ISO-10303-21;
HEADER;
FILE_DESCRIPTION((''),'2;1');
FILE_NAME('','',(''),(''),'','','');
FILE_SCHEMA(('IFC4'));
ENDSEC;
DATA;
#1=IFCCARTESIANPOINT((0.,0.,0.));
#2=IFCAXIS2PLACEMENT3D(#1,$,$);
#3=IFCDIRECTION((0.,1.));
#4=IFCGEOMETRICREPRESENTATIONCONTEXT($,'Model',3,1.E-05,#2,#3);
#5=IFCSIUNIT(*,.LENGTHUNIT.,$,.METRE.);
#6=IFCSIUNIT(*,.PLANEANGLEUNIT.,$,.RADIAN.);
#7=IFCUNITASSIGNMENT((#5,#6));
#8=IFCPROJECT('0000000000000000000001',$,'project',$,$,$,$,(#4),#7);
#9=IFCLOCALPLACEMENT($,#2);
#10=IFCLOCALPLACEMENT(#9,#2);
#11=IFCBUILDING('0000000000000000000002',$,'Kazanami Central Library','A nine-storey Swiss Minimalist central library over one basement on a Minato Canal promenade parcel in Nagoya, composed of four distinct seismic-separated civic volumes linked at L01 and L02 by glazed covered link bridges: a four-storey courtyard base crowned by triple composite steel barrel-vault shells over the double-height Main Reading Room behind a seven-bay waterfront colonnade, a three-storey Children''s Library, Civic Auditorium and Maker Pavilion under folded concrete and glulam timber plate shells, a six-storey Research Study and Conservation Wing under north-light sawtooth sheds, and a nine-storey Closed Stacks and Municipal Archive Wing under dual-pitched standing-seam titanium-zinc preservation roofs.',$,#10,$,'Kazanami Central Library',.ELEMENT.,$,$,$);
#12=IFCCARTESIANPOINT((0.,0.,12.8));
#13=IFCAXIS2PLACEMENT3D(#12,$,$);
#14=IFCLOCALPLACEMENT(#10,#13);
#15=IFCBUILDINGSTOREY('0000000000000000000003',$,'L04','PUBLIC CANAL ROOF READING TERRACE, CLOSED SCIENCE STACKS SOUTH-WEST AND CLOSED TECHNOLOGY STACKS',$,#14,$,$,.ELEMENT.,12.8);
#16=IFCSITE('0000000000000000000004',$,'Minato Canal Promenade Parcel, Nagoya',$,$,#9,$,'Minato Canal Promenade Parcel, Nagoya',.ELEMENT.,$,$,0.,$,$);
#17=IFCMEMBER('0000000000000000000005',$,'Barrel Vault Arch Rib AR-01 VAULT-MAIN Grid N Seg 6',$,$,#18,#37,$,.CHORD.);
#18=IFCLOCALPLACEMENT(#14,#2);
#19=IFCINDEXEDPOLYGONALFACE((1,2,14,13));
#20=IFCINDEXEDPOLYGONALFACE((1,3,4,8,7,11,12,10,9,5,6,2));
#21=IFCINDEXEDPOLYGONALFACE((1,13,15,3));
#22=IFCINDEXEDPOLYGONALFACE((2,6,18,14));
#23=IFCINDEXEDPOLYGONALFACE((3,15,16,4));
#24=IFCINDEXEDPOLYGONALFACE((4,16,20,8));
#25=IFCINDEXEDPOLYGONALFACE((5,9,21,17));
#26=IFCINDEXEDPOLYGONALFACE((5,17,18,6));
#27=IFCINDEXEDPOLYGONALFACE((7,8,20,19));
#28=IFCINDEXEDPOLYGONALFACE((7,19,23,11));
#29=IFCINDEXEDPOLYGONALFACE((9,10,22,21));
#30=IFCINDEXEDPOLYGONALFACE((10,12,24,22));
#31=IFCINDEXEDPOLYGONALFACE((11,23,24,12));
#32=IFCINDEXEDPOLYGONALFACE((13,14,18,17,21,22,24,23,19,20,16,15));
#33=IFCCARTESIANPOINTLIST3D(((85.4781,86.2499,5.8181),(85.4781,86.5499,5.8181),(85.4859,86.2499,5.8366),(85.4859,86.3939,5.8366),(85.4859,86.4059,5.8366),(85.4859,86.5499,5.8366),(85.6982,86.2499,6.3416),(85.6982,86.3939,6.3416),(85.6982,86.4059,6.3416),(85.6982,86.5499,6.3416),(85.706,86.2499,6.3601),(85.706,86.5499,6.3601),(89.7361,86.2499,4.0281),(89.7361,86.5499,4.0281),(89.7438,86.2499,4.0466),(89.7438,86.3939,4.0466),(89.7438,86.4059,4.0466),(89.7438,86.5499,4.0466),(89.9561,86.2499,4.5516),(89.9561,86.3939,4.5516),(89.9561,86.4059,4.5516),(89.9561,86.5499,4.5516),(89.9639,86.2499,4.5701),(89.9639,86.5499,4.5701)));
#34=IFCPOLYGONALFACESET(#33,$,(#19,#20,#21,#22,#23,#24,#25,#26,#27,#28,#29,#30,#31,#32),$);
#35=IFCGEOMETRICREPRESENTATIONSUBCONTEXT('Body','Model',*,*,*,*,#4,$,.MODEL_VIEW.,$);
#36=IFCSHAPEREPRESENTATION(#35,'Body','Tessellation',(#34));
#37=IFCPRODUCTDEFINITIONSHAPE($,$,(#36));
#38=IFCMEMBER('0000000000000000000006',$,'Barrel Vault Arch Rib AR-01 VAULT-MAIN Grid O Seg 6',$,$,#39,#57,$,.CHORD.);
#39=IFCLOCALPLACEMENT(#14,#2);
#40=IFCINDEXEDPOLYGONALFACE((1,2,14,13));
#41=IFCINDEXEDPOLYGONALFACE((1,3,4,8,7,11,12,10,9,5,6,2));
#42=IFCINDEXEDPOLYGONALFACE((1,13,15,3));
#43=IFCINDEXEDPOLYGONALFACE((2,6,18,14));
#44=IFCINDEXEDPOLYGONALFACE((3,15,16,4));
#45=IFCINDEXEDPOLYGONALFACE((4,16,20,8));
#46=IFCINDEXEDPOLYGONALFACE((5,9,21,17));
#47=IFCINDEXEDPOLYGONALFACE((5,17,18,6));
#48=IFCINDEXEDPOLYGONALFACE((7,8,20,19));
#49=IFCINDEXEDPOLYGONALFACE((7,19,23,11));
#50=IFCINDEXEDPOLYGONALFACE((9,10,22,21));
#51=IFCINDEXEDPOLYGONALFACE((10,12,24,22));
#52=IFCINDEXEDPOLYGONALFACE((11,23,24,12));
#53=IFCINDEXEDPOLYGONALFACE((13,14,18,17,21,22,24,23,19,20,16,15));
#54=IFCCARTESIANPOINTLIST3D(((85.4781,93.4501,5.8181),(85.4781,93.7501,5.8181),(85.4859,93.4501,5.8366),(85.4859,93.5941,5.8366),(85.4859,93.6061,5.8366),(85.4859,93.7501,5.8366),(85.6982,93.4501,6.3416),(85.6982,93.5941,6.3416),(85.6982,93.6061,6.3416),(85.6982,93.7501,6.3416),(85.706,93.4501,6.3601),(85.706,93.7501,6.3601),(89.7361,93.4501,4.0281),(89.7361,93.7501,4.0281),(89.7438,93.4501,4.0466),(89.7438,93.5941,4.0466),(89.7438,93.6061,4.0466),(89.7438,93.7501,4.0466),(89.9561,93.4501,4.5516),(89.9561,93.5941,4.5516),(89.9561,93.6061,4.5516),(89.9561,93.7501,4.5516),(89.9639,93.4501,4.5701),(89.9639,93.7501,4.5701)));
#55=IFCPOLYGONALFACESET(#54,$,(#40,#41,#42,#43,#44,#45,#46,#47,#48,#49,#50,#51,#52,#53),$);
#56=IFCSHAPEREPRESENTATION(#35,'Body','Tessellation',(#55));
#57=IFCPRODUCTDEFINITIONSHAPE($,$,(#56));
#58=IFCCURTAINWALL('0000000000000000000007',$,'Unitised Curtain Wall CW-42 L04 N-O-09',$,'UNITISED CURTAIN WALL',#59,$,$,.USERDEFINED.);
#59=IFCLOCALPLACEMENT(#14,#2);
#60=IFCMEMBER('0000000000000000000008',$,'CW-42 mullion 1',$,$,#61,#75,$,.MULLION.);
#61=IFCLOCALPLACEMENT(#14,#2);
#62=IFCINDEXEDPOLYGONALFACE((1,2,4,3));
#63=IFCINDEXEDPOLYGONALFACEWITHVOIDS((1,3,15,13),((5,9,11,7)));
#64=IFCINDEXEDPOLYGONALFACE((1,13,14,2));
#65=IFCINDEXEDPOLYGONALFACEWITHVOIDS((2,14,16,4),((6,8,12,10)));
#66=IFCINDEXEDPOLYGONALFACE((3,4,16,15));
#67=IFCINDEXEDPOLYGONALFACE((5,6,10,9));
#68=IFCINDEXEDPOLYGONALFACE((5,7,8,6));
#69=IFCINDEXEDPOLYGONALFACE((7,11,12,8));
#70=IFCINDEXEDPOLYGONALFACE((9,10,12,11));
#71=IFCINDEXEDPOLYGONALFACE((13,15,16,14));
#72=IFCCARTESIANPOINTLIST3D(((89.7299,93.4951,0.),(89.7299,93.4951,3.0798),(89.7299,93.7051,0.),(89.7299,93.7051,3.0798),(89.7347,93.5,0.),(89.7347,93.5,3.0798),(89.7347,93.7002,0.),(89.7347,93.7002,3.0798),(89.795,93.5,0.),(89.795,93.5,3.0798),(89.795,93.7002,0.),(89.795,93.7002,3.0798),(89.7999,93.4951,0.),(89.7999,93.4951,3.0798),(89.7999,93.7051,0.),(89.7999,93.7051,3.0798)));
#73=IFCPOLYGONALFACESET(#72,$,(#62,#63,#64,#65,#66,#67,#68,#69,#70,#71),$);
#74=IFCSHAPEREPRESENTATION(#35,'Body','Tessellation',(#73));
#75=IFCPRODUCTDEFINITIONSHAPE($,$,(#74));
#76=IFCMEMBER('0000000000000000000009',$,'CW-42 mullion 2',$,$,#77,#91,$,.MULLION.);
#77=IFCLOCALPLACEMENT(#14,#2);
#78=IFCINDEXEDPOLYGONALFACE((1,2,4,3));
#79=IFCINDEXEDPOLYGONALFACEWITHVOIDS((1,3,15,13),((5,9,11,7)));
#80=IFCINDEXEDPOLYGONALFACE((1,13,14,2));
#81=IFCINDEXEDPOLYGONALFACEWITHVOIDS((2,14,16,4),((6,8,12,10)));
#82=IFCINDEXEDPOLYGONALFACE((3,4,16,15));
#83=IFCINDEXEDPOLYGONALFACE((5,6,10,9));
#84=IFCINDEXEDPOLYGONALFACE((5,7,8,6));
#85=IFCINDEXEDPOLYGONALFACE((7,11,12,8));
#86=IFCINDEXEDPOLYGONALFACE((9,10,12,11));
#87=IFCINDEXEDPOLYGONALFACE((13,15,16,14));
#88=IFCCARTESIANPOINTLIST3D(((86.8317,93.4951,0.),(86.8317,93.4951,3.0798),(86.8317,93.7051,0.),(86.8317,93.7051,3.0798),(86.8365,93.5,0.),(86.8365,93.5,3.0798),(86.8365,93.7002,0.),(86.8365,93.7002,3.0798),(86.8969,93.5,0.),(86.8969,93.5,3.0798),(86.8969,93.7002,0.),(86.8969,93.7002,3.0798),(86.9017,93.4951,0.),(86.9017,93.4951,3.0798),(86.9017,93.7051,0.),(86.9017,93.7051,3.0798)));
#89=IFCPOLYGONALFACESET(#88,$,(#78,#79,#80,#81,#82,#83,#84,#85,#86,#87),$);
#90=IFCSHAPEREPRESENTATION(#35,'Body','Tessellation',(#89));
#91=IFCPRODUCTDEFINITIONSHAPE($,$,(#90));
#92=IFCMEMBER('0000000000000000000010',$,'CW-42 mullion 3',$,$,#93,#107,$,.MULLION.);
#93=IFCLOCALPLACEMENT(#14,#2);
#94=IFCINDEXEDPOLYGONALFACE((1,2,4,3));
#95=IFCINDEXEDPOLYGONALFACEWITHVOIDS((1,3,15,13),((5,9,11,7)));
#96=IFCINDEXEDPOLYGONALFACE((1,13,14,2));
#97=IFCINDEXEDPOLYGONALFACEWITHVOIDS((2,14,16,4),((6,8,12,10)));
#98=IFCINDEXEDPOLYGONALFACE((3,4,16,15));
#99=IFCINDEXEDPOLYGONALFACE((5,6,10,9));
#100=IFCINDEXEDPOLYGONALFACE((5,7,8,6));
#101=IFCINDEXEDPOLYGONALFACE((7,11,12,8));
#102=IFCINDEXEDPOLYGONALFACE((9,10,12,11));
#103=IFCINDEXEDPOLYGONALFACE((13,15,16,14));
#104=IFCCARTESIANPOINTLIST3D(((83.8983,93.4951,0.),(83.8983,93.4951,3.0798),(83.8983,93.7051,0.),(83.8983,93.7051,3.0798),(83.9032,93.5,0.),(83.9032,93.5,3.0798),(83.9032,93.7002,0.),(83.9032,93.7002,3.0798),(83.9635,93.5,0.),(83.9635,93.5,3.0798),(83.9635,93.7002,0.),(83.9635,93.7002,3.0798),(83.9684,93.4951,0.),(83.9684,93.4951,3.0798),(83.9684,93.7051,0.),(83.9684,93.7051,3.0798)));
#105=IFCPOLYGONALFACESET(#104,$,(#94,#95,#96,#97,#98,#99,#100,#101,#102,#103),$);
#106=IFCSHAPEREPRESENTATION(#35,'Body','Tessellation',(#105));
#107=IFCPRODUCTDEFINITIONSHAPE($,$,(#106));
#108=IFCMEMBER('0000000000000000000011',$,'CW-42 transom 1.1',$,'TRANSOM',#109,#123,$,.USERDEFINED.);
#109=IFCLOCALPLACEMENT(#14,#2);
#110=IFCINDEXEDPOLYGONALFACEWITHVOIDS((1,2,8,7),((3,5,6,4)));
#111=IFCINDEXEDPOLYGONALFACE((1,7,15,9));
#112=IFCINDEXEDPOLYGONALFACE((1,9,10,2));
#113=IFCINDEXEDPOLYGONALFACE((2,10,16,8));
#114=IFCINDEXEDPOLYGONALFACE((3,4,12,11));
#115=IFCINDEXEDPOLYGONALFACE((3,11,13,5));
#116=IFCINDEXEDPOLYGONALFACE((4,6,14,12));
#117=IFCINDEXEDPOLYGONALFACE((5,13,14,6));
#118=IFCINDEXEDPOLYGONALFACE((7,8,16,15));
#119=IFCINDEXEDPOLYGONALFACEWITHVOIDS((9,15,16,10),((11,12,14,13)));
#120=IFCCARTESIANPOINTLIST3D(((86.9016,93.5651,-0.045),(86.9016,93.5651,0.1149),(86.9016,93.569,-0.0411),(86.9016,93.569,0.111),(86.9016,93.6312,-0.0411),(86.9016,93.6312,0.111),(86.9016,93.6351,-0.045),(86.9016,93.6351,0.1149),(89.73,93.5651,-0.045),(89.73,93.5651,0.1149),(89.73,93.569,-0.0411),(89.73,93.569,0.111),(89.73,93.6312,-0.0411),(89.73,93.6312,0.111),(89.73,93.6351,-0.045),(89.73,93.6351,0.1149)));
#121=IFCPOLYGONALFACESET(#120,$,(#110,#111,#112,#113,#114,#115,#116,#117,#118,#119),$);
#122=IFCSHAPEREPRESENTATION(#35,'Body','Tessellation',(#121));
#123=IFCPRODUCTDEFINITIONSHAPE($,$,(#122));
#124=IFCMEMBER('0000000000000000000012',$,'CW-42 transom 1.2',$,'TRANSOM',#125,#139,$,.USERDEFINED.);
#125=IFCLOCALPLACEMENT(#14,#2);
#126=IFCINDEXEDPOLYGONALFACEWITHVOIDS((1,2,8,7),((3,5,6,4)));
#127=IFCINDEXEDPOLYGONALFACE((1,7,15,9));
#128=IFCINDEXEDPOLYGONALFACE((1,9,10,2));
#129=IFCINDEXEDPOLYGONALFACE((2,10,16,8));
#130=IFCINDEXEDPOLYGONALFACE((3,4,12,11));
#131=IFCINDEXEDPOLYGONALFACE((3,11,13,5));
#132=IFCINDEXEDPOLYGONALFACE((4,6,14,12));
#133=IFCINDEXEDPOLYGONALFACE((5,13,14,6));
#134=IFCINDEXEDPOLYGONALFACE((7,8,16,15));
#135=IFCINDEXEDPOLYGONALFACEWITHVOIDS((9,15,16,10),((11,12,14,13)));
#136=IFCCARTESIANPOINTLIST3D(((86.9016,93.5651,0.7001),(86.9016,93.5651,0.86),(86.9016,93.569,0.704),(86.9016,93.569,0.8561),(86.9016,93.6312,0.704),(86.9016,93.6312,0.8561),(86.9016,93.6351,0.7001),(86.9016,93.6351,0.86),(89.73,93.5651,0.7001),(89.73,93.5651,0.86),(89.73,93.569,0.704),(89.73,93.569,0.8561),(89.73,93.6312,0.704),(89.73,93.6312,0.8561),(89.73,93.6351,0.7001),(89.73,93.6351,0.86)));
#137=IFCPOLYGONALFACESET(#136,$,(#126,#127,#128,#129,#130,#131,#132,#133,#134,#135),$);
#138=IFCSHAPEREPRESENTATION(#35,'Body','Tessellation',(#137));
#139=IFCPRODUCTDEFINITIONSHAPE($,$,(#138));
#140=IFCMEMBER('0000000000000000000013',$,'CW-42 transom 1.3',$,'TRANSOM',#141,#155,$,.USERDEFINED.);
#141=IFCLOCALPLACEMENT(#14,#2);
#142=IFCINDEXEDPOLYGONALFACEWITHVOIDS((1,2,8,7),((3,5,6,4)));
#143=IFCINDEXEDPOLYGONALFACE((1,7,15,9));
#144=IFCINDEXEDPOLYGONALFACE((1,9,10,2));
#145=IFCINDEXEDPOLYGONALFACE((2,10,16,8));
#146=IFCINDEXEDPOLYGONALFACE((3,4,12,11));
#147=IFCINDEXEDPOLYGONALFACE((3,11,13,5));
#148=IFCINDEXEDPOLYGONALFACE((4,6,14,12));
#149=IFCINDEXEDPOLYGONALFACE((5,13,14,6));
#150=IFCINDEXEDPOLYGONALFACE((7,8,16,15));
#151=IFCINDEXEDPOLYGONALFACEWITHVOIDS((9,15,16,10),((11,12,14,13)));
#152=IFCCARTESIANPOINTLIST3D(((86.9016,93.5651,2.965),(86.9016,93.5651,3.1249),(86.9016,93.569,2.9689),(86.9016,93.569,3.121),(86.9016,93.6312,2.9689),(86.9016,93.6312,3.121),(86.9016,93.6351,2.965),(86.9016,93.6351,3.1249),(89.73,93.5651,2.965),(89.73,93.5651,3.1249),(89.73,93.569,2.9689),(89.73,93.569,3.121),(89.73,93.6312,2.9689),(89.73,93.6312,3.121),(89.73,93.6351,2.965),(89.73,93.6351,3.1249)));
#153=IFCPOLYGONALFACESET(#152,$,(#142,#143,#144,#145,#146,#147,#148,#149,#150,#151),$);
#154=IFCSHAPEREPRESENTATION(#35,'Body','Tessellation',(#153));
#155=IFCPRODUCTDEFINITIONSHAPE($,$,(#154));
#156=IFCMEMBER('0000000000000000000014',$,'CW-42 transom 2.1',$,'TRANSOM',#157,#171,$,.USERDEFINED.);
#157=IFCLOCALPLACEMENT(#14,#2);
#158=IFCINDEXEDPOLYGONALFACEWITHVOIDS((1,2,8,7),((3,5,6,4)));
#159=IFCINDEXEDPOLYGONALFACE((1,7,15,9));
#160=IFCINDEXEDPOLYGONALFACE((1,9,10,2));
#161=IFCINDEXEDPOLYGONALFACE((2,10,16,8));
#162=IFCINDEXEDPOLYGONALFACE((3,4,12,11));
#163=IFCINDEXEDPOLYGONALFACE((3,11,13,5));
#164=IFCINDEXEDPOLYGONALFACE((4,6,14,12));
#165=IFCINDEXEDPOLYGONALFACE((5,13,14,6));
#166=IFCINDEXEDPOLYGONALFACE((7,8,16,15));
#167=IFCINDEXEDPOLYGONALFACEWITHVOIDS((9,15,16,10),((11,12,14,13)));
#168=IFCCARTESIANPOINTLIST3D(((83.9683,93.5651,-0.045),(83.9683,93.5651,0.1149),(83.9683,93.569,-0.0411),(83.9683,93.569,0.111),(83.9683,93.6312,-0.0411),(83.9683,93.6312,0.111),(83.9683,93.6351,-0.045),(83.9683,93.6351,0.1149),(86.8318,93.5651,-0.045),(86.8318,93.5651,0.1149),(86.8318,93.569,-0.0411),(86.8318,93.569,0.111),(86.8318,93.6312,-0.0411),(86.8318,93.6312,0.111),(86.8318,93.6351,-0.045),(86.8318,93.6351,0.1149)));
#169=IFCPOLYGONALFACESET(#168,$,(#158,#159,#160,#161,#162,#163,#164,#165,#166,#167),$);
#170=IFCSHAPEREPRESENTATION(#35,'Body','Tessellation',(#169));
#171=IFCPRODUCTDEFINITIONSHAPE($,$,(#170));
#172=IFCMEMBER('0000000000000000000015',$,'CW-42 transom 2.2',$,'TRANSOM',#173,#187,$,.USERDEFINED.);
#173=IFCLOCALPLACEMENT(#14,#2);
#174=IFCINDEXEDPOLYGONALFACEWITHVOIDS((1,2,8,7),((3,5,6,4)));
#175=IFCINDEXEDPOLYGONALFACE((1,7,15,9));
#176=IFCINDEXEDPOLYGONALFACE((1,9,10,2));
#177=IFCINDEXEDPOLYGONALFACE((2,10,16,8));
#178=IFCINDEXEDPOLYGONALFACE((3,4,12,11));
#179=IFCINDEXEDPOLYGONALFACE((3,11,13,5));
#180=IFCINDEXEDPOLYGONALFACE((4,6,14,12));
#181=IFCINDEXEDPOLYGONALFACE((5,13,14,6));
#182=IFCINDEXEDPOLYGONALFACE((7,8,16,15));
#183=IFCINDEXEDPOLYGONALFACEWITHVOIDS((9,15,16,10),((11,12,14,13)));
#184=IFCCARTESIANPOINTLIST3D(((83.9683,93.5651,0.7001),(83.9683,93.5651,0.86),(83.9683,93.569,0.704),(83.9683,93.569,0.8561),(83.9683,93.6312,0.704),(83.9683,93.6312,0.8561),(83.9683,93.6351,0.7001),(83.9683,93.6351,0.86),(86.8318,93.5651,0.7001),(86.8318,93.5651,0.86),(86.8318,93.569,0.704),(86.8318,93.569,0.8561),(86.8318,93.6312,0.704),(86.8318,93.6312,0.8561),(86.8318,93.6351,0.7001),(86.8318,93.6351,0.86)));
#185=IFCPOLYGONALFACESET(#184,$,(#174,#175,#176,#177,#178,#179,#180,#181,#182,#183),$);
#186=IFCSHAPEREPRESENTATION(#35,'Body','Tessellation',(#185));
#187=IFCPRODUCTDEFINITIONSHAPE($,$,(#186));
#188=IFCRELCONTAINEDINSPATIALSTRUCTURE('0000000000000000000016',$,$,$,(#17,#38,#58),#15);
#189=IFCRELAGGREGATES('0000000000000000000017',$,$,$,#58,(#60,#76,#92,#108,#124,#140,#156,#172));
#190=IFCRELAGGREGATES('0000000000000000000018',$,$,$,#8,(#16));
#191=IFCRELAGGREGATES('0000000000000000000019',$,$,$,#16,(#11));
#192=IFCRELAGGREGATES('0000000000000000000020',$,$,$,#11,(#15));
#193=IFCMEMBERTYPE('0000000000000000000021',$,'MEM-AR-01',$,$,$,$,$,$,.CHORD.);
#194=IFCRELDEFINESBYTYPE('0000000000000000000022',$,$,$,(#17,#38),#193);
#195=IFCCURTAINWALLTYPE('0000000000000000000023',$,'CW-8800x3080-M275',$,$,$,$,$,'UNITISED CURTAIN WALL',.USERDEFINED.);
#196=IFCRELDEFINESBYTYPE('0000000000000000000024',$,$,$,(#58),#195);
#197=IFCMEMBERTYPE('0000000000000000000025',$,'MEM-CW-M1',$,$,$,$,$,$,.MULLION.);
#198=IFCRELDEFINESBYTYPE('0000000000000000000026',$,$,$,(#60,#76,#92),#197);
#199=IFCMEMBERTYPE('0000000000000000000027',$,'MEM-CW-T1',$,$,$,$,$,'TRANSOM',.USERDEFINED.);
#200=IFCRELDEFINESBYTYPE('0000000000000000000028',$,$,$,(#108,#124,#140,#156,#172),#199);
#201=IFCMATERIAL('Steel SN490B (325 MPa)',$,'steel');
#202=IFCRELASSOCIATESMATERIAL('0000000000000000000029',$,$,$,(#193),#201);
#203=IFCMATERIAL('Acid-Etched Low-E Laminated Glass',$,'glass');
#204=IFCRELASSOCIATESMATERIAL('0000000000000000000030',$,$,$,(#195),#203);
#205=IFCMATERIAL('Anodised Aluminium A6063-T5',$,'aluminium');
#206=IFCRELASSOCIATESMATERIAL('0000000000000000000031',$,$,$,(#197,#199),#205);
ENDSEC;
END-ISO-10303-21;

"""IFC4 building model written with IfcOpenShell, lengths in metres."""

from ifc_helpers import new_model, si_unit, direction, frame, origin, origin_2d, place, context, subcontext, project, spatial, hollow_rectangle, i_section, extrude, material, material_profile, profile_set, type_object, element, aggregate, save


model = new_model("IFC4")

# Units and contexts
model_context = context("Model", 3, precision=1e-05, world=origin(), true_north=direction((0.0, 1.0)))
body_context = subcontext(model_context, "Body", "Model", "MODEL_VIEW")
ifc_project = project(units=[si_unit("LENGTHUNIT", "METRE"), si_unit("PLANEANGLEUNIT", "RADIAN")], contexts=[model_context])

# Site, building, storey
site_placement = place(None, origin())
site = spatial("IfcSite", under=ifc_project, at=site_placement, Name="Minato Canal Promenade Parcel, Nagoya", LongName="Minato Canal Promenade Parcel, Nagoya", CompositionType="ELEMENT", RefElevation=0.0)
building_placement = place(site_placement, origin())
building = spatial("IfcBuilding", under=site, at=building_placement, Name="Kazanami Central Library", Description="A nine-storey Swiss Minimalist central library over one basement on a Minato Canal promenade parcel in Nagoya, composed of four distinct seismic-separated civic volumes linked at L01 and L02 by glazed covered link bridges: a four-storey courtyard base crowned by triple composite steel barrel-vault shells over the double-height Main Reading Room behind a seven-bay waterfront colonnade, a three-storey Children's Library, Civic Auditorium and Maker Pavilion under folded concrete and glulam timber plate shells, a six-storey Research Study and Conservation Wing under north-light sawtooth sheds, and a nine-storey Closed Stacks and Municipal Archive Wing under dual-pitched standing-seam titanium-zinc preservation roofs.", LongName="Kazanami Central Library", CompositionType="ELEMENT")
storey_placement = place(building_placement, frame((0.0, 0.0, 12.8)))
storey = spatial("IfcBuildingStorey", under=building, at=storey_placement, Name="L04", Description="PUBLIC CANAL ROOF READING TERRACE, CLOSED SCIENCE STACKS SOUTH-WEST AND CLOSED TECHNOLOGY STACKS", CompositionType="ELEMENT", Elevation=12.8)

# Members
ifc_material_1 = material(Name="Steel SN490B (325 MPa)", Category="steel")
ifc_material_profile_1 = material_profile(ifc_material_1, i_section(OverallWidth=0.3, OverallDepth=0.5879, WebThickness=0.012, FlangeThickness=0.02, at=origin_2d()), Name="H-588x300x12x20")
ifc_profile_set_1 = profile_set([ifc_material_profile_1], Name="Steel SN490B (325 MPa)")
member_type_1 = type_object("IfcMemberType", Name="MEM-AR-01", PredefinedType="CHORD", material=ifc_profile_set_1)
for number, where, z_axis, x_axis, name in (
    (1, (85.592, 86.3999, 6.0891), (0.921854, 0.0, -0.387537), (0.0, 1.0, 0.0), "Barrel Vault Arch Rib AR-01 VAULT-MAIN Grid N Seg 6"),
    (2, (85.592, 93.6001, 6.0891), (0.921854, 0.0, -0.387537), (0.0, 1.0, 0.0), "Barrel Vault Arch Rib AR-01 VAULT-MAIN Grid O Seg 6"),
):
    element("IfcMember", number, at=place(storey_placement, frame(where, z_axis=z_axis, x_axis=x_axis)), inside=storey, type_object=member_type_1, Name=name, PredefinedType="CHORD", context=body_context, shape_type="SweptSolid", body=[
        extrude(i_section(OverallWidth=0.3, OverallDepth=0.5879, WebThickness=0.012, FlangeThickness=0.02, at=origin_2d()), origin(), (0.0, 0.0, 1.0), 4.6189),
    ])

# Curtain wall, members
ifc_material_2 = material(Name="Acid-Etched Low-E Laminated Glass", Category="glass")
curtain_wall_type = type_object("IfcCurtainWallType", Name="CW-8800x3080-M275", ElementType="UNITISED CURTAIN WALL", PredefinedType="USERDEFINED", material=ifc_material_2)
curtain_wall_placement = place(storey_placement, origin())
curtain_wall = element("IfcCurtainWall", 3, at=curtain_wall_placement, inside=storey, type_object=curtain_wall_type, Name="Unitised Curtain Wall CW-42 L04 N-O-09", ObjectType="UNITISED CURTAIN WALL", PredefinedType="USERDEFINED")
ifc_material_3 = material(Name="Anodised Aluminium A6063-T5", Category="aluminium")
ifc_material_profile_2 = material_profile(ifc_material_3, hollow_rectangle(XDim=0.0701, YDim=0.21, WallThickness=0.0049, at=origin_2d()), Name="ALU-MULL-70x210x5")
ifc_profile_set_2 = profile_set([ifc_material_profile_2], Name="Anodised Aluminium A6063-T5")
member_type_2 = type_object("IfcMemberType", Name="MEM-CW-M1", PredefinedType="MULLION", material=ifc_profile_set_2)
member_1_placement = place(storey_placement, frame((89.7649, 93.6001, 0.0), z_axis=(0.0, 0.0, 1.0), x_axis=(-1.0, 0.0, 0.0)))
member_1 = element("IfcMember", 4, at=member_1_placement, type_object=member_type_2, Name="CW-42 mullion 1", PredefinedType="MULLION", context=body_context, shape_type="SweptSolid", body=[
    extrude(hollow_rectangle(XDim=0.0701, YDim=0.21, WallThickness=0.0049, at=origin_2d()), origin(), (0.0, 0.0, 1.0), 3.0798),
])
member_2_placement = place(storey_placement, frame((86.8667, 93.6001, 0.0), z_axis=(0.0, 0.0, 1.0), x_axis=(-1.0, 0.0, 0.0)))
member_2 = element("IfcMember", 5, at=member_2_placement, type_object=member_type_2, Name="CW-42 mullion 2", PredefinedType="MULLION", context=body_context, shape_type="SweptSolid", body=[
    extrude(hollow_rectangle(XDim=0.0701, YDim=0.21, WallThickness=0.0049, at=origin_2d()), origin(), (0.0, 0.0, 1.0), 3.0798),
])
member_3_placement = place(storey_placement, frame((83.9333, 93.6001, 0.0), z_axis=(0.0, 0.0, 1.0), x_axis=(-1.0, 0.0, 0.0)))
member_3 = element("IfcMember", 6, at=member_3_placement, type_object=member_type_2, Name="CW-42 mullion 3", PredefinedType="MULLION", context=body_context, shape_type="SweptSolid", body=[
    extrude(hollow_rectangle(XDim=0.0701, YDim=0.21, WallThickness=0.0049, at=origin_2d()), origin(), (0.0, 0.0, 1.0), 3.0798),
])
ifc_material_profile_3 = material_profile(ifc_material_3, hollow_rectangle(XDim=0.0701, YDim=0.1599, WallThickness=0.0039, at=origin_2d()), Name="ALU-TRAN-70x160x4")
ifc_profile_set_3 = profile_set([ifc_material_profile_3], Name="Anodised Aluminium A6063-T5")
member_type_3 = type_object("IfcMemberType", Name="MEM-CW-T1", ElementType="TRANSOM", PredefinedType="USERDEFINED", material=ifc_profile_set_3)
member_4_placement = place(storey_placement, frame((89.73, 93.6001, 0.0349), z_axis=(-1.0, 0.0, 0.0), x_axis=(0.0, -1.0, 0.0)))
member_4 = element("IfcMember", 7, at=member_4_placement, type_object=member_type_3, Name="CW-42 transom 1.1", ObjectType="TRANSOM", PredefinedType="USERDEFINED", context=body_context, shape_type="SweptSolid", body=[
    extrude(hollow_rectangle(XDim=0.0701, YDim=0.1599, WallThickness=0.0039, at=origin_2d()), origin(), (0.0, 0.0, 1.0), 2.8284),
])
member_5_placement = place(storey_placement, frame((89.73, 93.6001, 0.78), z_axis=(-1.0, 0.0, 0.0), x_axis=(0.0, -1.0, 0.0)))
member_5 = element("IfcMember", 8, at=member_5_placement, type_object=member_type_3, Name="CW-42 transom 1.2", ObjectType="TRANSOM", PredefinedType="USERDEFINED", context=body_context, shape_type="SweptSolid", body=[
    extrude(hollow_rectangle(XDim=0.0701, YDim=0.1599, WallThickness=0.0039, at=origin_2d()), origin(), (0.0, 0.0, 1.0), 2.8284),
])
member_6_placement = place(storey_placement, frame((89.73, 93.6001, 3.0449), z_axis=(-1.0, 0.0, 0.0), x_axis=(0.0, -1.0, 0.0)))
member_6 = element("IfcMember", 9, at=member_6_placement, type_object=member_type_3, Name="CW-42 transom 1.3", ObjectType="TRANSOM", PredefinedType="USERDEFINED", context=body_context, shape_type="SweptSolid", body=[
    extrude(hollow_rectangle(XDim=0.0701, YDim=0.1599, WallThickness=0.0039, at=origin_2d()), origin(), (0.0, 0.0, 1.0), 2.8284),
])
member_7_placement = place(storey_placement, frame((86.8318, 93.6001, 0.0349), z_axis=(-1.0, 0.0, 0.0), x_axis=(0.0, -1.0, 0.0)))
member_7 = element("IfcMember", 10, at=member_7_placement, type_object=member_type_3, Name="CW-42 transom 2.1", ObjectType="TRANSOM", PredefinedType="USERDEFINED", context=body_context, shape_type="SweptSolid", body=[
    extrude(hollow_rectangle(XDim=0.0701, YDim=0.1599, WallThickness=0.0039, at=origin_2d()), origin(), (0.0, 0.0, 1.0), 2.8635),
])
member_8_placement = place(storey_placement, frame((86.8318, 93.6001, 0.78), z_axis=(-1.0, 0.0, 0.0), x_axis=(0.0, -1.0, 0.0)))
member_8 = element("IfcMember", 11, at=member_8_placement, type_object=member_type_3, Name="CW-42 transom 2.2", ObjectType="TRANSOM", PredefinedType="USERDEFINED", context=body_context, shape_type="SweptSolid", body=[
    extrude(hollow_rectangle(XDim=0.0701, YDim=0.1599, WallThickness=0.0039, at=origin_2d()), origin(), (0.0, 0.0, 1.0), 2.8635),
])

aggregate(curtain_wall, [member_1, member_2, member_3, member_4, member_5, member_6, member_7, member_8])

save(model, "model.ifc")
